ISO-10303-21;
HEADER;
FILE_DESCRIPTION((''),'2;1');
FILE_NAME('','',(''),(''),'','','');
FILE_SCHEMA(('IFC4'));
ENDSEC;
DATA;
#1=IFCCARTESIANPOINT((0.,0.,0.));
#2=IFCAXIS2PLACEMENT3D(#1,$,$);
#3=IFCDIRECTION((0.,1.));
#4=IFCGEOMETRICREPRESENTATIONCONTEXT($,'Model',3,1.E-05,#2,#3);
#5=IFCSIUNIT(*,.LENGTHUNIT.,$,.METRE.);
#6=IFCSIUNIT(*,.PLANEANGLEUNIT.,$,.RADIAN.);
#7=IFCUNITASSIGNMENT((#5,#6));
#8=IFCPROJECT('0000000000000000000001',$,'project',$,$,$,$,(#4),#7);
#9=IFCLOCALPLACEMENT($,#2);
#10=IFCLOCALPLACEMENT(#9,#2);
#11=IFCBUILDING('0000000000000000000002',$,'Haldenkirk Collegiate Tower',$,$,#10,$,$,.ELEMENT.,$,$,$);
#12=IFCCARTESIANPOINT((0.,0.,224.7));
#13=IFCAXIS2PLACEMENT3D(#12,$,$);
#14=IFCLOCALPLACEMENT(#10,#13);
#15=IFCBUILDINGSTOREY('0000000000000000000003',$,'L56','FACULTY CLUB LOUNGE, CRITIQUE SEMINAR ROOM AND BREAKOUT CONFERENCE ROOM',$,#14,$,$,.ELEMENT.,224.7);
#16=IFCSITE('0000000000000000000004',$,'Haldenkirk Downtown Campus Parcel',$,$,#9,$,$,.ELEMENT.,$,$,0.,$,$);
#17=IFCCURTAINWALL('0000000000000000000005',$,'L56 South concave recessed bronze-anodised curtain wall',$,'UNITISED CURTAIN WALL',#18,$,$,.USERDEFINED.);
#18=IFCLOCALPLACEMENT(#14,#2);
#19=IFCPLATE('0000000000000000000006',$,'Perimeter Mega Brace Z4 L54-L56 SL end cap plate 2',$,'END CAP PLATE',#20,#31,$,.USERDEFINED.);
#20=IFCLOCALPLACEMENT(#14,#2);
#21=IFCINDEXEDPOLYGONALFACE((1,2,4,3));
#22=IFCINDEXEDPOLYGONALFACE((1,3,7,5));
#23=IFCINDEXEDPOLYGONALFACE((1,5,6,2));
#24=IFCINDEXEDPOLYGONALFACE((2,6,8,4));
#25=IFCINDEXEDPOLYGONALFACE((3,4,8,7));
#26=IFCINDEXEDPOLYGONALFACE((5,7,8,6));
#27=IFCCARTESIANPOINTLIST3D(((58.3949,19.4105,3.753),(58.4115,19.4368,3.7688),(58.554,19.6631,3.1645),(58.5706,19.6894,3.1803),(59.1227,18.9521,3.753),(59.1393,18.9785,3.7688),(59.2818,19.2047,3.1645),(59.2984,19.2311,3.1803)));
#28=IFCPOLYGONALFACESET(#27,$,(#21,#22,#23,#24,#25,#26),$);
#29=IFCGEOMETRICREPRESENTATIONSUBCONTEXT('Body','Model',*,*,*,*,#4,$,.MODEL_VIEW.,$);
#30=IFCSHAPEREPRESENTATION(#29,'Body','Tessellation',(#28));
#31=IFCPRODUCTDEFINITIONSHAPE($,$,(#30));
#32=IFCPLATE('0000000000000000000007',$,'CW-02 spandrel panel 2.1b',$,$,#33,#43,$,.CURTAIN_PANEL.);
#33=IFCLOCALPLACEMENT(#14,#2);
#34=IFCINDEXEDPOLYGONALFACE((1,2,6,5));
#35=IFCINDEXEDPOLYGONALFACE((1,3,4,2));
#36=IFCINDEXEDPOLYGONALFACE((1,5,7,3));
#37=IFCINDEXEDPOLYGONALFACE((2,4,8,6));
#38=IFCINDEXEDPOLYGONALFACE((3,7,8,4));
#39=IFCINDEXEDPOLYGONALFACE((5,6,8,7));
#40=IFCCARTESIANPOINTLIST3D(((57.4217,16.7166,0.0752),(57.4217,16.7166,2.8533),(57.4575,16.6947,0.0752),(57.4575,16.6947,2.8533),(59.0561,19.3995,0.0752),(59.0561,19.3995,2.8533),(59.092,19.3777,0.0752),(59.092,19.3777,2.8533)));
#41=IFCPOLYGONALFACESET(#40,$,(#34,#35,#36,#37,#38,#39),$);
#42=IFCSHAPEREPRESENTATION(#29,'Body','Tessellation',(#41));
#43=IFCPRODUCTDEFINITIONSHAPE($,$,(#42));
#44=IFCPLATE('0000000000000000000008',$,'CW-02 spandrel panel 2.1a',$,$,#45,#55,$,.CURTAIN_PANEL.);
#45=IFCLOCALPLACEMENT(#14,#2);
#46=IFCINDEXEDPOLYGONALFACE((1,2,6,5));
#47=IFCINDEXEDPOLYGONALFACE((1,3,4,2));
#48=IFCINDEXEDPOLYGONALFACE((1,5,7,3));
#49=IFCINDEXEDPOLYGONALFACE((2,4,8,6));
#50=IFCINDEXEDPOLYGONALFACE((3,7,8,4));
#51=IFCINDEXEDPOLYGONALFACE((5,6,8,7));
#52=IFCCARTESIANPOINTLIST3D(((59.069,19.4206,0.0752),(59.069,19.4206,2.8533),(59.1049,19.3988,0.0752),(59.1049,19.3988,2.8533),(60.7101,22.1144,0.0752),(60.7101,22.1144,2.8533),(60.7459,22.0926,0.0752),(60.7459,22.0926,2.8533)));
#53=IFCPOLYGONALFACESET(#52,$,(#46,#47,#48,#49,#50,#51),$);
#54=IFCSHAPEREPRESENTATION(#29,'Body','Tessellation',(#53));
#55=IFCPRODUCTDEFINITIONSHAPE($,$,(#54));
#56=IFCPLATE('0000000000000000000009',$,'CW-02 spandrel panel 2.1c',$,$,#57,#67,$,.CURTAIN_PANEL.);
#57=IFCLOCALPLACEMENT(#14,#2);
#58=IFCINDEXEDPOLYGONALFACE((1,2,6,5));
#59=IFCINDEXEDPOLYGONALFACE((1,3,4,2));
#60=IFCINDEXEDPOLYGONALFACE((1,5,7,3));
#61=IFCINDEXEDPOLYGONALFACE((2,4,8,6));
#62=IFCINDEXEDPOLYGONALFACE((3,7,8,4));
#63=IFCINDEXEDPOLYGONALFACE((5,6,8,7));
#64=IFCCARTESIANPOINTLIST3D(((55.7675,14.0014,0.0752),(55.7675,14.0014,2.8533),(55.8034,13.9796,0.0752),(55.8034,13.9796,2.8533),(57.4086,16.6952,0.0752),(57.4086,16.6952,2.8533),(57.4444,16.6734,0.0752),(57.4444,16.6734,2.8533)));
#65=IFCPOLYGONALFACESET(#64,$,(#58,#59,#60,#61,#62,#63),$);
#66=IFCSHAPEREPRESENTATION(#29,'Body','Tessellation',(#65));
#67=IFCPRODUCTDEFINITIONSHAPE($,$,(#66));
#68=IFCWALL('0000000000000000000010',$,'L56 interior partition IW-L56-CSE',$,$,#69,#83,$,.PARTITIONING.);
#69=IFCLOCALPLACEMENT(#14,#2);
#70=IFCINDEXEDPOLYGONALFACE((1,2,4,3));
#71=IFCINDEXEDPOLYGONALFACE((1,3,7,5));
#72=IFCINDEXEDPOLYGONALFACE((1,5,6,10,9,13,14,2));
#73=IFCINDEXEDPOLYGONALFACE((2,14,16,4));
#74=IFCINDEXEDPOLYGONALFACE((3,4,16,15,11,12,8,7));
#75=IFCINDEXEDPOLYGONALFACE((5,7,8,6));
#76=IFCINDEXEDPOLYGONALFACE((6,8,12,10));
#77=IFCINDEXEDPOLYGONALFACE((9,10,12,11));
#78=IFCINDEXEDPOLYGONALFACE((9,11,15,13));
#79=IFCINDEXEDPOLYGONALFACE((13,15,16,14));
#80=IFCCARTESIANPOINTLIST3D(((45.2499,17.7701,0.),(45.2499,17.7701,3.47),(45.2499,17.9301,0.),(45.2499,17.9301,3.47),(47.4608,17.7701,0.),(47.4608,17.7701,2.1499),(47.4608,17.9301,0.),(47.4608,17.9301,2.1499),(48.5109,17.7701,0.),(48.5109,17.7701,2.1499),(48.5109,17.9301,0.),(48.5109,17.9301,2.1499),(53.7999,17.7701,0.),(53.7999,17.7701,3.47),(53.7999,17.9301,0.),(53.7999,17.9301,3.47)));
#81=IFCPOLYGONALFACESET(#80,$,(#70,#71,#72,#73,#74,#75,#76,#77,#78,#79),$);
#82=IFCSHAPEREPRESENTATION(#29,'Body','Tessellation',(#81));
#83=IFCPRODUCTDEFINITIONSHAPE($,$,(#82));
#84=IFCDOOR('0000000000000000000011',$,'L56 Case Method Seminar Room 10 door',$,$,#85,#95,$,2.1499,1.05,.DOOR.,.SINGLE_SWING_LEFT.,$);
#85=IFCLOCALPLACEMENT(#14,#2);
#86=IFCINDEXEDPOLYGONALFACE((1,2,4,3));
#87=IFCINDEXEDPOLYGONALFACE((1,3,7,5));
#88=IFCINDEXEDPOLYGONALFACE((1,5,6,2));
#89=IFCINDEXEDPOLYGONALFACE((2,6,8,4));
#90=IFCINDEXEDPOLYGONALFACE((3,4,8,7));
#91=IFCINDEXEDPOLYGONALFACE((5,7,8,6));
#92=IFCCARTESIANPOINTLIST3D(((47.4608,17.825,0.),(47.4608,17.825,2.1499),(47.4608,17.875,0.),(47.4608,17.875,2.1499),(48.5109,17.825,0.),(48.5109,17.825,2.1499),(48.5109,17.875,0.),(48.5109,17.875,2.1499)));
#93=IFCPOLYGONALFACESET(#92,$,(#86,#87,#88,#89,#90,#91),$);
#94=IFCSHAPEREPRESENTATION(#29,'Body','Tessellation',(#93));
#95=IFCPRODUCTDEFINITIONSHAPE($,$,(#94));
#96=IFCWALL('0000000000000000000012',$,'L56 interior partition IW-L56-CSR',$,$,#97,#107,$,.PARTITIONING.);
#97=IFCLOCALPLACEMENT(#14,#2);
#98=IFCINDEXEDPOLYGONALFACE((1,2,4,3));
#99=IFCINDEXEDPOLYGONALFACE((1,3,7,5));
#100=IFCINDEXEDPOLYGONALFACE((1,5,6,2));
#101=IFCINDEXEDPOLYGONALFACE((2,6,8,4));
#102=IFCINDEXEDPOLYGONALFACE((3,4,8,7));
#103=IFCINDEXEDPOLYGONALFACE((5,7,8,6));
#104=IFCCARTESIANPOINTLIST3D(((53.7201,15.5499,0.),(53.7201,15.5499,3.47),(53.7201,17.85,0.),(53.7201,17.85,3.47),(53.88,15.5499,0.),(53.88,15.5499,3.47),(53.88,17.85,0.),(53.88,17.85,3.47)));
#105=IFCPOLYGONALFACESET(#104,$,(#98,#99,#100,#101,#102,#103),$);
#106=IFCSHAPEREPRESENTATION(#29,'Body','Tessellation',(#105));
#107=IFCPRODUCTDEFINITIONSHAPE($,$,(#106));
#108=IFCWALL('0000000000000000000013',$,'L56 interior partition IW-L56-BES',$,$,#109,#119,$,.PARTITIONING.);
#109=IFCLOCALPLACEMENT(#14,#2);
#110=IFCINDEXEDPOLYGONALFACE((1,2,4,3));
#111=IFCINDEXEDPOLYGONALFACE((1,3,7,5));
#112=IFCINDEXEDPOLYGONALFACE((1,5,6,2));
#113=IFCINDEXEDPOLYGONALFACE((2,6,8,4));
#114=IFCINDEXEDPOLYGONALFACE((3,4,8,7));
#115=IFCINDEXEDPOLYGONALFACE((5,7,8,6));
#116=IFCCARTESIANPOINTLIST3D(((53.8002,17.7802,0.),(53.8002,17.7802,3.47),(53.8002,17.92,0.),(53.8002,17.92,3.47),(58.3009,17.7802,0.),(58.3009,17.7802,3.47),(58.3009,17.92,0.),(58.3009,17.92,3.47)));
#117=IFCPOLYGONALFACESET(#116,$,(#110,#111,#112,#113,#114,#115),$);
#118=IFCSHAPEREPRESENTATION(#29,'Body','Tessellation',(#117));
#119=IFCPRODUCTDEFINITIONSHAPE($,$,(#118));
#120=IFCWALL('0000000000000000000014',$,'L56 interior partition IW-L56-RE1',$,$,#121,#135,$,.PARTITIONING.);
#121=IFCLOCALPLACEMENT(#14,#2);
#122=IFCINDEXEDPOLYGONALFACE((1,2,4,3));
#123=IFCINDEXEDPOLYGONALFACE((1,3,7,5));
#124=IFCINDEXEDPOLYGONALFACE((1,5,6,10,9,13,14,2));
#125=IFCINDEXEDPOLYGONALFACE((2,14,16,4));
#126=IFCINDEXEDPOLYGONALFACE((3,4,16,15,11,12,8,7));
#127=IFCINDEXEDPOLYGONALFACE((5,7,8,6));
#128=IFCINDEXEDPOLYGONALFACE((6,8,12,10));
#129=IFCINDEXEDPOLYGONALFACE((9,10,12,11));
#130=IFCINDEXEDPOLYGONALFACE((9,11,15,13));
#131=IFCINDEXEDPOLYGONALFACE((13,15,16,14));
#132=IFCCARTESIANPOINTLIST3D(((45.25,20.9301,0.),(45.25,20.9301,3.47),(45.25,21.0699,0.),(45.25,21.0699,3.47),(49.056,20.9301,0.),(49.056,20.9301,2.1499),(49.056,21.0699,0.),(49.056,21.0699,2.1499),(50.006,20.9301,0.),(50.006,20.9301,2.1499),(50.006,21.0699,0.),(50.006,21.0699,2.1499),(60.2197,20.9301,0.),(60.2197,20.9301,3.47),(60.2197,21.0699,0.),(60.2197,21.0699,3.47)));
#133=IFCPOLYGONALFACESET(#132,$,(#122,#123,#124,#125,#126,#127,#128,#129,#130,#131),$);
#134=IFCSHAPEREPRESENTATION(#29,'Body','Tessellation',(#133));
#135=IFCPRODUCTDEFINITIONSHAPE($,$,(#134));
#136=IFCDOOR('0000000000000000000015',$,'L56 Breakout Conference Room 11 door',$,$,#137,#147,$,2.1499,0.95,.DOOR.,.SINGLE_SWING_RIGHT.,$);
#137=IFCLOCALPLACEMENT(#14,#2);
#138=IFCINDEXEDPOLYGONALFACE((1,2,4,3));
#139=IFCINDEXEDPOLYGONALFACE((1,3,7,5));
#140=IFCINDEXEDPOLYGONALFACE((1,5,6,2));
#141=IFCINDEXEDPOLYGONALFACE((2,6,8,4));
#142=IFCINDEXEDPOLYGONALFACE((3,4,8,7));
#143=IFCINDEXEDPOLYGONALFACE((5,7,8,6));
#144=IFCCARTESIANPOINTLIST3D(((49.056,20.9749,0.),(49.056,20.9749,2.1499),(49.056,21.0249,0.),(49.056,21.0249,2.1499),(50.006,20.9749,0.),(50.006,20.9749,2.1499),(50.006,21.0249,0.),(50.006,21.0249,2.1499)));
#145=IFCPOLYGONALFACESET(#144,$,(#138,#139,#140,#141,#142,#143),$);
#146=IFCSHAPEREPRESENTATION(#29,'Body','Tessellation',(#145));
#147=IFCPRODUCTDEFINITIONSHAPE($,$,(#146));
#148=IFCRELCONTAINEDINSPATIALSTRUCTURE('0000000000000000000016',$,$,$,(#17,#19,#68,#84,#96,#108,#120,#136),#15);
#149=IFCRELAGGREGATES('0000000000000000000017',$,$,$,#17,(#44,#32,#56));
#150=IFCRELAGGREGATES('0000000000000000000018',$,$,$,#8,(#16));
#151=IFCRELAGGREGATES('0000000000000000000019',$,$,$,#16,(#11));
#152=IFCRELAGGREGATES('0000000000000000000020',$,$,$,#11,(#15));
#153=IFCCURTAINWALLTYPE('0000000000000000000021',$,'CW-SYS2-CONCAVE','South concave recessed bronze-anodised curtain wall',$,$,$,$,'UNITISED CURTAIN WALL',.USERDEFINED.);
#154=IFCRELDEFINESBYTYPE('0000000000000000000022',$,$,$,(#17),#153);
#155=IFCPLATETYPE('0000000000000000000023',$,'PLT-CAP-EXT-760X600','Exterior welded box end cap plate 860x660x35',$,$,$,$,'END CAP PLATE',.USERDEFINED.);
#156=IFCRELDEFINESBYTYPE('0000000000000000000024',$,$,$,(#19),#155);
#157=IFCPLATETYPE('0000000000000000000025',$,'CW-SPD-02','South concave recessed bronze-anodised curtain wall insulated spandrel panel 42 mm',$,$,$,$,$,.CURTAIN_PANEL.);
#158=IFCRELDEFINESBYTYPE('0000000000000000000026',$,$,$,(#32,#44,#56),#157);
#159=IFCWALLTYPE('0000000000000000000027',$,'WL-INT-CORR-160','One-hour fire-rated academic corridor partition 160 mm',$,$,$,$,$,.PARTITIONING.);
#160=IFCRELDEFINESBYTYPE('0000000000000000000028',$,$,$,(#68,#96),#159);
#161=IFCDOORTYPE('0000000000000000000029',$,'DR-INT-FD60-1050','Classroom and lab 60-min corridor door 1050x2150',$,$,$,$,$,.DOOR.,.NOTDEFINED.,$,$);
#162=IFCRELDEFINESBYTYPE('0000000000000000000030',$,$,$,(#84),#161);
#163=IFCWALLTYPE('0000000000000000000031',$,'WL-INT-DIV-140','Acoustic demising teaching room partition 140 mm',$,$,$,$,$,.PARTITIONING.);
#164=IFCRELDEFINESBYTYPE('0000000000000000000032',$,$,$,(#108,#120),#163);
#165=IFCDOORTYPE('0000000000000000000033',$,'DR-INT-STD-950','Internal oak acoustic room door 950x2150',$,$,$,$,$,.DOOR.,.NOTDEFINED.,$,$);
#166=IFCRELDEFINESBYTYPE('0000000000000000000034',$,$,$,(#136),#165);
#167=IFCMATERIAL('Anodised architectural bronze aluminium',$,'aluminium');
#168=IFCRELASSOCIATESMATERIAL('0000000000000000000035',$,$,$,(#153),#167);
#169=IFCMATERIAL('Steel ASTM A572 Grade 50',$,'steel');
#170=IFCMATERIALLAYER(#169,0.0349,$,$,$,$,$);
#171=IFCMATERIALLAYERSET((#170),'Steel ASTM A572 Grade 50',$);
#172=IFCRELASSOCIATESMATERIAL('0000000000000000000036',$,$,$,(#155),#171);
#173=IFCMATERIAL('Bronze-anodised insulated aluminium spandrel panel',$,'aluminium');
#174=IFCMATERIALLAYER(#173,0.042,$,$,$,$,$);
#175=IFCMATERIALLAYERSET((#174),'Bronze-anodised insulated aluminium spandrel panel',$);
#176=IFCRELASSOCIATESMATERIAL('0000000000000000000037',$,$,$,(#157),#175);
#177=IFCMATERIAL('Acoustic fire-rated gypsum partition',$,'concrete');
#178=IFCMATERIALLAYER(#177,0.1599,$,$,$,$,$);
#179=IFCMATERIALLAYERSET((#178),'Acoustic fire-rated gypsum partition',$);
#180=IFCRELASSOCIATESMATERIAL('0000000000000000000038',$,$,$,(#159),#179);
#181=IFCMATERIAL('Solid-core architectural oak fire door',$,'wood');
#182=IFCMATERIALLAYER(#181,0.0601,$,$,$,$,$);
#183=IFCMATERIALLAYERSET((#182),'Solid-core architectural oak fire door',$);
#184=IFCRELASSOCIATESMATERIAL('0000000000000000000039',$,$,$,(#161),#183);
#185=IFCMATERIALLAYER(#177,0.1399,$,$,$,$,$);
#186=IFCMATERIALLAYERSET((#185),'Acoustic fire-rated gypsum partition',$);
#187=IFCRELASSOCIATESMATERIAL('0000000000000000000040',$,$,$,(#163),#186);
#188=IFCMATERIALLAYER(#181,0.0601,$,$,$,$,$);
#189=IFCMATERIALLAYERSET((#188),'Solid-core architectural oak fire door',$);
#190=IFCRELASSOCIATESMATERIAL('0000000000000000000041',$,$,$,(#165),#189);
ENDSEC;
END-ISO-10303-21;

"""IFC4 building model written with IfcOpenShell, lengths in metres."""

from ifc_helpers import new_model, si_unit, direction, frame, frame_2d, origin, origin_2d, place, context, subcontext, project, spatial, rectangle, extrude, source, transform, mapped, material, layer, layer_set, type_object, element, fill, aggregate, save


model = new_model("IFC4")

# Units and contexts
model_context = context("Model", 3, precision=1e-05, world=origin(), true_north=direction((0.0, 1.0)))
body_context = subcontext(model_context, "Body", "Model", "MODEL_VIEW")
ifc_project = project(units=[si_unit("LENGTHUNIT", "METRE"), si_unit("PLANEANGLEUNIT", "RADIAN")], contexts=[model_context])

# Site, building, storey
site_placement = place(None, origin())
site = spatial("IfcSite", under=ifc_project, at=site_placement, Name="Haldenkirk Downtown Campus Parcel", CompositionType="ELEMENT", RefElevation=0.0)
building_placement = place(site_placement, origin())
building = spatial("IfcBuilding", under=site, at=building_placement, Name="Haldenkirk Collegiate Tower", CompositionType="ELEMENT")
storey_placement = place(building_placement, frame((0.0, 0.0, 224.7)))
storey = spatial("IfcBuildingStorey", under=building, at=storey_placement, Name="L56", Description="FACULTY CLUB LOUNGE, CRITIQUE SEMINAR ROOM AND BREAKOUT CONFERENCE ROOM", CompositionType="ELEMENT", Elevation=224.7)

# Curtain wall
ifc_material_1 = material(Name="Anodised architectural bronze aluminium", Category="aluminium")
curtain_wall_type = type_object("IfcCurtainWallType", Name="CW-SYS2-CONCAVE", Description="South concave recessed bronze-anodised curtain wall", ElementType="UNITISED CURTAIN WALL", PredefinedType="USERDEFINED", material=ifc_material_1)
curtain_wall_placement = place(storey_placement, origin())
curtain_wall = element("IfcCurtainWall", 1, at=curtain_wall_placement, inside=storey, type_object=curtain_wall_type, Name="L56 South concave recessed bronze-anodised curtain wall", ObjectType="UNITISED CURTAIN WALL", PredefinedType="USERDEFINED")

# Plates
ifc_material_2 = material(Name="Steel ASTM A572 Grade 50", Category="steel")
ifc_layer_1 = layer(ifc_material_2, 0.0349)
ifc_layer_set_1 = layer_set([ifc_layer_1], Name="Steel ASTM A572 Grade 50")
plate_type_1 = type_object("IfcPlateType", Name="PLT-CAP-EXT-760X600", Description="Exterior welded box end cap plate 860x660x35", ElementType="END CAP PLATE", PredefinedType="USERDEFINED", material=ifc_layer_set_1)
shared_shape_1 = source(origin(), body_context, "Body", "SweptSolid", [
    extrude(rectangle(XDim=0.8601, YDim=0.6599, at=origin_2d()), origin(), (0.0, 0.0, 1.0), 0.0349),
])
plate_1_placement = place(storey_placement, frame((58.8384, 19.3076, 3.4587), z_axis=(0.475273, 0.754651, 0.452347), x_axis=(-0.846171, 0.532912, 0.0)))
element("IfcPlate", 2, at=plate_1_placement, inside=storey, type_object=plate_type_1, Name="Perimeter Mega Brace Z4 L54-L56 SL end cap plate 2", ObjectType="END CAP PLATE", PredefinedType="USERDEFINED", context=body_context, shape_type="MappedRepresentation", body=[
    mapped(shared_shape_1, transform((0.0, 0.0, 0.0), x_axis=(1.0, 0.0, 0.0), y_axis=(0.0, 1.0, 0.0), z_axis=(0.0, 0.0, 1.0), scale=1.0)),
])
ifc_material_3 = material(Name="Bronze-anodised insulated aluminium spandrel panel", Category="aluminium")
ifc_layer_2 = layer(ifc_material_3, 0.042)
ifc_layer_set_2 = layer_set([ifc_layer_2], Name="Bronze-anodised insulated aluminium spandrel panel")
plate_type_2 = type_object("IfcPlateType", Name="CW-SPD-02", Description="South concave recessed bronze-anodised curtain wall insulated spandrel panel 42 mm", PredefinedType="CURTAIN_PANEL", material=ifc_layer_set_2)
shared_shape_2 = source(origin(), body_context, "Body", "SweptSolid", [
    extrude(rectangle(XDim=3.1416, YDim=0.042, at=origin_2d()), origin(), (0.0, 0.0, 1.0), 2.7781),
])
plate_2_placement = place(storey_placement, frame((58.2568, 18.0471, 0.0752), z_axis=(0.0, 0.0, 1.0), x_axis=(-0.520266, -0.854004, 0.0)))
plate_2 = element("IfcPlate", 3, at=plate_2_placement, type_object=plate_type_2, Name="CW-02 spandrel panel 2.1b", PredefinedType="CURTAIN_PANEL", context=body_context, shape_type="MappedRepresentation", body=[
    mapped(shared_shape_2, transform((0.0, 0.0, 0.0), x_axis=(1.0, 0.0, 0.0), y_axis=(0.0, 1.0, 0.0), z_axis=(0.0, 0.0, 1.0), scale=1.0)),
])
shared_shape_3 = source(origin(), body_context, "Body", "SweptSolid", [
    extrude(rectangle(XDim=3.1543, YDim=0.042, at=origin_2d()), origin(), (0.0, 0.0, 1.0), 2.7781),
])
plate_3_placement = place(storey_placement, frame((59.9075, 20.7566, 0.0752), z_axis=(0.0, 0.0, 1.0), x_axis=(-0.520266, -0.854004, 0.0)))
plate_3 = element("IfcPlate", 4, at=plate_3_placement, type_object=plate_type_2, Name="CW-02 spandrel panel 2.1a", PredefinedType="CURTAIN_PANEL", context=body_context, shape_type="MappedRepresentation", body=[
    mapped(shared_shape_3, transform((0.0, 0.0, 0.0), x_axis=(1.0, 0.0, 0.0), y_axis=(0.0, 1.0, 0.0), z_axis=(0.0, 0.0, 1.0), scale=1.0)),
])
plate_4_placement = place(storey_placement, frame((56.606, 15.3374, 0.0752), z_axis=(0.0, 0.0, 1.0), x_axis=(-0.520266, -0.854004, 0.0)))
plate_4 = element("IfcPlate", 5, at=plate_4_placement, type_object=plate_type_2, Name="CW-02 spandrel panel 2.1c", PredefinedType="CURTAIN_PANEL", context=body_context, shape_type="MappedRepresentation", body=[
    mapped(shared_shape_3, transform((0.0, 0.0, 0.0), x_axis=(1.0, 0.0, 0.0), y_axis=(0.0, 1.0, 0.0), z_axis=(0.0, 0.0, 1.0), scale=1.0)),
])
aggregate(curtain_wall, [plate_3, plate_2, plate_4])

# Wall, opening, door
ifc_material_4 = material(Name="Acoustic fire-rated gypsum partition", Category="concrete")
ifc_layer_3 = layer(ifc_material_4, 0.1599)
ifc_layer_set_3 = layer_set([ifc_layer_3], Name="Acoustic fire-rated gypsum partition")
wall_type_1 = type_object("IfcWallType", Name="WL-INT-CORR-160", Description="One-hour fire-rated academic corridor partition 160 mm", PredefinedType="PARTITIONING", material=ifc_layer_set_3)
wall_1_placement = place(storey_placement, frame((45.25, 17.8501, 0.0), z_axis=(0.0, 0.0, 1.0), x_axis=(1.0, 0.0, 0.0)))
wall_1 = element("IfcWall", 6, at=wall_1_placement, inside=storey, type_object=wall_type_1, Name="L56 interior partition IW-L56-CSE", PredefinedType="PARTITIONING", context=body_context, shape_type="SweptSolid", body=[
    extrude(rectangle(XDim=8.55, YDim=0.1599, at=frame_2d((4.2749, 0.0))), origin(), (0.0, 0.0, 1.0), 3.47),
])
opening_1_placement = place(wall_1_placement, frame((2.2109, 0.0, 0.0)))
opening_1 = element("IfcOpeningElement", 7, at=opening_1_placement, cuts=wall_1, PredefinedType="OPENING", context=body_context, shape_type="SweptSolid", body=[
    extrude(rectangle(XDim=1.05, YDim=2.1499, at=frame_2d((0.5249, 1.075))), frame((0.0, 0.0898, 0.0), z_axis=(0.0, -1.0, 0.0), x_axis=(1.0, 0.0, 0.0)), (0.0, 0.0, 1.0), 0.1799),
])
ifc_material_5 = material(Name="Solid-core architectural oak fire door", Category="wood")
ifc_layer_4 = layer(ifc_material_5, 0.0601)
ifc_layer_set_4 = layer_set([ifc_layer_4], Name="Solid-core architectural oak fire door")
door_type_1 = type_object("IfcDoorType", Name="DR-INT-FD60-1050", Description="Classroom and lab 60-min corridor door 1050x2150", OperationType="NOTDEFINED", PredefinedType="DOOR", material=ifc_layer_set_4)
door_1_placement = place(opening_1_placement, origin())
door_1 = element("IfcDoor", 8, at=door_1_placement, inside=storey, type_object=door_type_1, Name="L56 Case Method Seminar Room 10 door", OperationType="SINGLE_SWING_LEFT", OverallHeight=2.1499, OverallWidth=1.05, PredefinedType="DOOR", context=body_context, shape_type="SweptSolid", body=[
    extrude(rectangle(XDim=1.05, YDim=2.1499, at=frame_2d((0.5249, 1.075))), frame((0.0, 0.0249, 0.0), z_axis=(0.0, -1.0, 0.0), x_axis=(1.0, 0.0, 0.0)), (0.0, 0.0, 1.0), 0.05),
])
fill(opening_1, door_1)

# Walls
wall_2_placement = place(storey_placement, frame((53.8, 15.55, 0.0), z_axis=(0.0, 0.0, 1.0), x_axis=(0.0, 1.0, 0.0)))
element("IfcWall", 9, at=wall_2_placement, inside=storey, type_object=wall_type_1, Name="L56 interior partition IW-L56-CSR", PredefinedType="PARTITIONING", context=body_context, shape_type="SweptSolid", body=[
    extrude(rectangle(XDim=2.3, YDim=0.1599, at=frame_2d((1.1499, 0.0))), origin(), (0.0, 0.0, 1.0), 3.47),
])
ifc_layer_5 = layer(ifc_material_4, 0.1399)
ifc_layer_set_5 = layer_set([ifc_layer_5], Name="Acoustic fire-rated gypsum partition")
wall_type_2 = type_object("IfcWallType", Name="WL-INT-DIV-140", Description="Acoustic demising teaching room partition 140 mm", PredefinedType="PARTITIONING", material=ifc_layer_set_5)
wall_3_placement = place(storey_placement, frame((53.8, 17.8501, 0.0), z_axis=(0.0, 0.0, 1.0), x_axis=(1.0, 0.0, 0.0)))
element("IfcWall", 10, at=wall_3_placement, inside=storey, type_object=wall_type_2, Name="L56 interior partition IW-L56-BES", PredefinedType="PARTITIONING", context=body_context, shape_type="SweptSolid", body=[
    extrude(rectangle(XDim=4.5007, YDim=0.1399, at=frame_2d((2.2505, 0.0))), origin(), (0.0, 0.0, 1.0), 3.47),
])

# Wall, opening, door
wall_4_placement = place(storey_placement, frame((45.25, 21.0, 0.0), z_axis=(0.0, 0.0, 1.0), x_axis=(1.0, 0.0, 0.0)))
wall_4 = element("IfcWall", 11, at=wall_4_placement, inside=storey, type_object=wall_type_2, Name="L56 interior partition IW-L56-RE1", PredefinedType="PARTITIONING", context=body_context, shape_type="SweptSolid", body=[
    extrude(rectangle(XDim=14.9697, YDim=0.1399, at=frame_2d((7.4849, 0.0))), origin(), (0.0, 0.0, 1.0), 3.47),
])
opening_2_placement = place(wall_4_placement, frame((3.8059, 0.0, 0.0)))
opening_2 = element("IfcOpeningElement", 12, at=opening_2_placement, cuts=wall_4, PredefinedType="OPENING", context=body_context, shape_type="SweptSolid", body=[
    extrude(rectangle(XDim=0.95, YDim=2.1499, at=frame_2d((0.4751, 1.075))), frame((0.0, 0.0798, 0.0), z_axis=(0.0, -1.0, 0.0), x_axis=(1.0, 0.0, 0.0)), (0.0, 0.0, 1.0), 0.1599),
])
ifc_layer_6 = layer(ifc_material_5, 0.0601)
ifc_layer_set_6 = layer_set([ifc_layer_6], Name="Solid-core architectural oak fire door")
door_type_2 = type_object("IfcDoorType", Name="DR-INT-STD-950", Description="Internal oak acoustic room door 950x2150", OperationType="NOTDEFINED", PredefinedType="DOOR", material=ifc_layer_set_6)
door_2_placement = place(opening_2_placement, origin())
door_2 = element("IfcDoor", 13, at=door_2_placement, inside=storey, type_object=door_type_2, Name="L56 Breakout Conference Room 11 door", OperationType="SINGLE_SWING_RIGHT", OverallHeight=2.1499, OverallWidth=0.95, PredefinedType="DOOR", context=body_context, shape_type="SweptSolid", body=[
    extrude(rectangle(XDim=0.95, YDim=2.1499, at=frame_2d((0.4751, 1.075))), frame((0.0, 0.0249, 0.0), z_axis=(0.0, -1.0, 0.0), x_axis=(1.0, 0.0, 0.0)), (0.0, 0.0, 1.0), 0.05),
])
fill(opening_2, door_2)

save(model, "model.ifc")
